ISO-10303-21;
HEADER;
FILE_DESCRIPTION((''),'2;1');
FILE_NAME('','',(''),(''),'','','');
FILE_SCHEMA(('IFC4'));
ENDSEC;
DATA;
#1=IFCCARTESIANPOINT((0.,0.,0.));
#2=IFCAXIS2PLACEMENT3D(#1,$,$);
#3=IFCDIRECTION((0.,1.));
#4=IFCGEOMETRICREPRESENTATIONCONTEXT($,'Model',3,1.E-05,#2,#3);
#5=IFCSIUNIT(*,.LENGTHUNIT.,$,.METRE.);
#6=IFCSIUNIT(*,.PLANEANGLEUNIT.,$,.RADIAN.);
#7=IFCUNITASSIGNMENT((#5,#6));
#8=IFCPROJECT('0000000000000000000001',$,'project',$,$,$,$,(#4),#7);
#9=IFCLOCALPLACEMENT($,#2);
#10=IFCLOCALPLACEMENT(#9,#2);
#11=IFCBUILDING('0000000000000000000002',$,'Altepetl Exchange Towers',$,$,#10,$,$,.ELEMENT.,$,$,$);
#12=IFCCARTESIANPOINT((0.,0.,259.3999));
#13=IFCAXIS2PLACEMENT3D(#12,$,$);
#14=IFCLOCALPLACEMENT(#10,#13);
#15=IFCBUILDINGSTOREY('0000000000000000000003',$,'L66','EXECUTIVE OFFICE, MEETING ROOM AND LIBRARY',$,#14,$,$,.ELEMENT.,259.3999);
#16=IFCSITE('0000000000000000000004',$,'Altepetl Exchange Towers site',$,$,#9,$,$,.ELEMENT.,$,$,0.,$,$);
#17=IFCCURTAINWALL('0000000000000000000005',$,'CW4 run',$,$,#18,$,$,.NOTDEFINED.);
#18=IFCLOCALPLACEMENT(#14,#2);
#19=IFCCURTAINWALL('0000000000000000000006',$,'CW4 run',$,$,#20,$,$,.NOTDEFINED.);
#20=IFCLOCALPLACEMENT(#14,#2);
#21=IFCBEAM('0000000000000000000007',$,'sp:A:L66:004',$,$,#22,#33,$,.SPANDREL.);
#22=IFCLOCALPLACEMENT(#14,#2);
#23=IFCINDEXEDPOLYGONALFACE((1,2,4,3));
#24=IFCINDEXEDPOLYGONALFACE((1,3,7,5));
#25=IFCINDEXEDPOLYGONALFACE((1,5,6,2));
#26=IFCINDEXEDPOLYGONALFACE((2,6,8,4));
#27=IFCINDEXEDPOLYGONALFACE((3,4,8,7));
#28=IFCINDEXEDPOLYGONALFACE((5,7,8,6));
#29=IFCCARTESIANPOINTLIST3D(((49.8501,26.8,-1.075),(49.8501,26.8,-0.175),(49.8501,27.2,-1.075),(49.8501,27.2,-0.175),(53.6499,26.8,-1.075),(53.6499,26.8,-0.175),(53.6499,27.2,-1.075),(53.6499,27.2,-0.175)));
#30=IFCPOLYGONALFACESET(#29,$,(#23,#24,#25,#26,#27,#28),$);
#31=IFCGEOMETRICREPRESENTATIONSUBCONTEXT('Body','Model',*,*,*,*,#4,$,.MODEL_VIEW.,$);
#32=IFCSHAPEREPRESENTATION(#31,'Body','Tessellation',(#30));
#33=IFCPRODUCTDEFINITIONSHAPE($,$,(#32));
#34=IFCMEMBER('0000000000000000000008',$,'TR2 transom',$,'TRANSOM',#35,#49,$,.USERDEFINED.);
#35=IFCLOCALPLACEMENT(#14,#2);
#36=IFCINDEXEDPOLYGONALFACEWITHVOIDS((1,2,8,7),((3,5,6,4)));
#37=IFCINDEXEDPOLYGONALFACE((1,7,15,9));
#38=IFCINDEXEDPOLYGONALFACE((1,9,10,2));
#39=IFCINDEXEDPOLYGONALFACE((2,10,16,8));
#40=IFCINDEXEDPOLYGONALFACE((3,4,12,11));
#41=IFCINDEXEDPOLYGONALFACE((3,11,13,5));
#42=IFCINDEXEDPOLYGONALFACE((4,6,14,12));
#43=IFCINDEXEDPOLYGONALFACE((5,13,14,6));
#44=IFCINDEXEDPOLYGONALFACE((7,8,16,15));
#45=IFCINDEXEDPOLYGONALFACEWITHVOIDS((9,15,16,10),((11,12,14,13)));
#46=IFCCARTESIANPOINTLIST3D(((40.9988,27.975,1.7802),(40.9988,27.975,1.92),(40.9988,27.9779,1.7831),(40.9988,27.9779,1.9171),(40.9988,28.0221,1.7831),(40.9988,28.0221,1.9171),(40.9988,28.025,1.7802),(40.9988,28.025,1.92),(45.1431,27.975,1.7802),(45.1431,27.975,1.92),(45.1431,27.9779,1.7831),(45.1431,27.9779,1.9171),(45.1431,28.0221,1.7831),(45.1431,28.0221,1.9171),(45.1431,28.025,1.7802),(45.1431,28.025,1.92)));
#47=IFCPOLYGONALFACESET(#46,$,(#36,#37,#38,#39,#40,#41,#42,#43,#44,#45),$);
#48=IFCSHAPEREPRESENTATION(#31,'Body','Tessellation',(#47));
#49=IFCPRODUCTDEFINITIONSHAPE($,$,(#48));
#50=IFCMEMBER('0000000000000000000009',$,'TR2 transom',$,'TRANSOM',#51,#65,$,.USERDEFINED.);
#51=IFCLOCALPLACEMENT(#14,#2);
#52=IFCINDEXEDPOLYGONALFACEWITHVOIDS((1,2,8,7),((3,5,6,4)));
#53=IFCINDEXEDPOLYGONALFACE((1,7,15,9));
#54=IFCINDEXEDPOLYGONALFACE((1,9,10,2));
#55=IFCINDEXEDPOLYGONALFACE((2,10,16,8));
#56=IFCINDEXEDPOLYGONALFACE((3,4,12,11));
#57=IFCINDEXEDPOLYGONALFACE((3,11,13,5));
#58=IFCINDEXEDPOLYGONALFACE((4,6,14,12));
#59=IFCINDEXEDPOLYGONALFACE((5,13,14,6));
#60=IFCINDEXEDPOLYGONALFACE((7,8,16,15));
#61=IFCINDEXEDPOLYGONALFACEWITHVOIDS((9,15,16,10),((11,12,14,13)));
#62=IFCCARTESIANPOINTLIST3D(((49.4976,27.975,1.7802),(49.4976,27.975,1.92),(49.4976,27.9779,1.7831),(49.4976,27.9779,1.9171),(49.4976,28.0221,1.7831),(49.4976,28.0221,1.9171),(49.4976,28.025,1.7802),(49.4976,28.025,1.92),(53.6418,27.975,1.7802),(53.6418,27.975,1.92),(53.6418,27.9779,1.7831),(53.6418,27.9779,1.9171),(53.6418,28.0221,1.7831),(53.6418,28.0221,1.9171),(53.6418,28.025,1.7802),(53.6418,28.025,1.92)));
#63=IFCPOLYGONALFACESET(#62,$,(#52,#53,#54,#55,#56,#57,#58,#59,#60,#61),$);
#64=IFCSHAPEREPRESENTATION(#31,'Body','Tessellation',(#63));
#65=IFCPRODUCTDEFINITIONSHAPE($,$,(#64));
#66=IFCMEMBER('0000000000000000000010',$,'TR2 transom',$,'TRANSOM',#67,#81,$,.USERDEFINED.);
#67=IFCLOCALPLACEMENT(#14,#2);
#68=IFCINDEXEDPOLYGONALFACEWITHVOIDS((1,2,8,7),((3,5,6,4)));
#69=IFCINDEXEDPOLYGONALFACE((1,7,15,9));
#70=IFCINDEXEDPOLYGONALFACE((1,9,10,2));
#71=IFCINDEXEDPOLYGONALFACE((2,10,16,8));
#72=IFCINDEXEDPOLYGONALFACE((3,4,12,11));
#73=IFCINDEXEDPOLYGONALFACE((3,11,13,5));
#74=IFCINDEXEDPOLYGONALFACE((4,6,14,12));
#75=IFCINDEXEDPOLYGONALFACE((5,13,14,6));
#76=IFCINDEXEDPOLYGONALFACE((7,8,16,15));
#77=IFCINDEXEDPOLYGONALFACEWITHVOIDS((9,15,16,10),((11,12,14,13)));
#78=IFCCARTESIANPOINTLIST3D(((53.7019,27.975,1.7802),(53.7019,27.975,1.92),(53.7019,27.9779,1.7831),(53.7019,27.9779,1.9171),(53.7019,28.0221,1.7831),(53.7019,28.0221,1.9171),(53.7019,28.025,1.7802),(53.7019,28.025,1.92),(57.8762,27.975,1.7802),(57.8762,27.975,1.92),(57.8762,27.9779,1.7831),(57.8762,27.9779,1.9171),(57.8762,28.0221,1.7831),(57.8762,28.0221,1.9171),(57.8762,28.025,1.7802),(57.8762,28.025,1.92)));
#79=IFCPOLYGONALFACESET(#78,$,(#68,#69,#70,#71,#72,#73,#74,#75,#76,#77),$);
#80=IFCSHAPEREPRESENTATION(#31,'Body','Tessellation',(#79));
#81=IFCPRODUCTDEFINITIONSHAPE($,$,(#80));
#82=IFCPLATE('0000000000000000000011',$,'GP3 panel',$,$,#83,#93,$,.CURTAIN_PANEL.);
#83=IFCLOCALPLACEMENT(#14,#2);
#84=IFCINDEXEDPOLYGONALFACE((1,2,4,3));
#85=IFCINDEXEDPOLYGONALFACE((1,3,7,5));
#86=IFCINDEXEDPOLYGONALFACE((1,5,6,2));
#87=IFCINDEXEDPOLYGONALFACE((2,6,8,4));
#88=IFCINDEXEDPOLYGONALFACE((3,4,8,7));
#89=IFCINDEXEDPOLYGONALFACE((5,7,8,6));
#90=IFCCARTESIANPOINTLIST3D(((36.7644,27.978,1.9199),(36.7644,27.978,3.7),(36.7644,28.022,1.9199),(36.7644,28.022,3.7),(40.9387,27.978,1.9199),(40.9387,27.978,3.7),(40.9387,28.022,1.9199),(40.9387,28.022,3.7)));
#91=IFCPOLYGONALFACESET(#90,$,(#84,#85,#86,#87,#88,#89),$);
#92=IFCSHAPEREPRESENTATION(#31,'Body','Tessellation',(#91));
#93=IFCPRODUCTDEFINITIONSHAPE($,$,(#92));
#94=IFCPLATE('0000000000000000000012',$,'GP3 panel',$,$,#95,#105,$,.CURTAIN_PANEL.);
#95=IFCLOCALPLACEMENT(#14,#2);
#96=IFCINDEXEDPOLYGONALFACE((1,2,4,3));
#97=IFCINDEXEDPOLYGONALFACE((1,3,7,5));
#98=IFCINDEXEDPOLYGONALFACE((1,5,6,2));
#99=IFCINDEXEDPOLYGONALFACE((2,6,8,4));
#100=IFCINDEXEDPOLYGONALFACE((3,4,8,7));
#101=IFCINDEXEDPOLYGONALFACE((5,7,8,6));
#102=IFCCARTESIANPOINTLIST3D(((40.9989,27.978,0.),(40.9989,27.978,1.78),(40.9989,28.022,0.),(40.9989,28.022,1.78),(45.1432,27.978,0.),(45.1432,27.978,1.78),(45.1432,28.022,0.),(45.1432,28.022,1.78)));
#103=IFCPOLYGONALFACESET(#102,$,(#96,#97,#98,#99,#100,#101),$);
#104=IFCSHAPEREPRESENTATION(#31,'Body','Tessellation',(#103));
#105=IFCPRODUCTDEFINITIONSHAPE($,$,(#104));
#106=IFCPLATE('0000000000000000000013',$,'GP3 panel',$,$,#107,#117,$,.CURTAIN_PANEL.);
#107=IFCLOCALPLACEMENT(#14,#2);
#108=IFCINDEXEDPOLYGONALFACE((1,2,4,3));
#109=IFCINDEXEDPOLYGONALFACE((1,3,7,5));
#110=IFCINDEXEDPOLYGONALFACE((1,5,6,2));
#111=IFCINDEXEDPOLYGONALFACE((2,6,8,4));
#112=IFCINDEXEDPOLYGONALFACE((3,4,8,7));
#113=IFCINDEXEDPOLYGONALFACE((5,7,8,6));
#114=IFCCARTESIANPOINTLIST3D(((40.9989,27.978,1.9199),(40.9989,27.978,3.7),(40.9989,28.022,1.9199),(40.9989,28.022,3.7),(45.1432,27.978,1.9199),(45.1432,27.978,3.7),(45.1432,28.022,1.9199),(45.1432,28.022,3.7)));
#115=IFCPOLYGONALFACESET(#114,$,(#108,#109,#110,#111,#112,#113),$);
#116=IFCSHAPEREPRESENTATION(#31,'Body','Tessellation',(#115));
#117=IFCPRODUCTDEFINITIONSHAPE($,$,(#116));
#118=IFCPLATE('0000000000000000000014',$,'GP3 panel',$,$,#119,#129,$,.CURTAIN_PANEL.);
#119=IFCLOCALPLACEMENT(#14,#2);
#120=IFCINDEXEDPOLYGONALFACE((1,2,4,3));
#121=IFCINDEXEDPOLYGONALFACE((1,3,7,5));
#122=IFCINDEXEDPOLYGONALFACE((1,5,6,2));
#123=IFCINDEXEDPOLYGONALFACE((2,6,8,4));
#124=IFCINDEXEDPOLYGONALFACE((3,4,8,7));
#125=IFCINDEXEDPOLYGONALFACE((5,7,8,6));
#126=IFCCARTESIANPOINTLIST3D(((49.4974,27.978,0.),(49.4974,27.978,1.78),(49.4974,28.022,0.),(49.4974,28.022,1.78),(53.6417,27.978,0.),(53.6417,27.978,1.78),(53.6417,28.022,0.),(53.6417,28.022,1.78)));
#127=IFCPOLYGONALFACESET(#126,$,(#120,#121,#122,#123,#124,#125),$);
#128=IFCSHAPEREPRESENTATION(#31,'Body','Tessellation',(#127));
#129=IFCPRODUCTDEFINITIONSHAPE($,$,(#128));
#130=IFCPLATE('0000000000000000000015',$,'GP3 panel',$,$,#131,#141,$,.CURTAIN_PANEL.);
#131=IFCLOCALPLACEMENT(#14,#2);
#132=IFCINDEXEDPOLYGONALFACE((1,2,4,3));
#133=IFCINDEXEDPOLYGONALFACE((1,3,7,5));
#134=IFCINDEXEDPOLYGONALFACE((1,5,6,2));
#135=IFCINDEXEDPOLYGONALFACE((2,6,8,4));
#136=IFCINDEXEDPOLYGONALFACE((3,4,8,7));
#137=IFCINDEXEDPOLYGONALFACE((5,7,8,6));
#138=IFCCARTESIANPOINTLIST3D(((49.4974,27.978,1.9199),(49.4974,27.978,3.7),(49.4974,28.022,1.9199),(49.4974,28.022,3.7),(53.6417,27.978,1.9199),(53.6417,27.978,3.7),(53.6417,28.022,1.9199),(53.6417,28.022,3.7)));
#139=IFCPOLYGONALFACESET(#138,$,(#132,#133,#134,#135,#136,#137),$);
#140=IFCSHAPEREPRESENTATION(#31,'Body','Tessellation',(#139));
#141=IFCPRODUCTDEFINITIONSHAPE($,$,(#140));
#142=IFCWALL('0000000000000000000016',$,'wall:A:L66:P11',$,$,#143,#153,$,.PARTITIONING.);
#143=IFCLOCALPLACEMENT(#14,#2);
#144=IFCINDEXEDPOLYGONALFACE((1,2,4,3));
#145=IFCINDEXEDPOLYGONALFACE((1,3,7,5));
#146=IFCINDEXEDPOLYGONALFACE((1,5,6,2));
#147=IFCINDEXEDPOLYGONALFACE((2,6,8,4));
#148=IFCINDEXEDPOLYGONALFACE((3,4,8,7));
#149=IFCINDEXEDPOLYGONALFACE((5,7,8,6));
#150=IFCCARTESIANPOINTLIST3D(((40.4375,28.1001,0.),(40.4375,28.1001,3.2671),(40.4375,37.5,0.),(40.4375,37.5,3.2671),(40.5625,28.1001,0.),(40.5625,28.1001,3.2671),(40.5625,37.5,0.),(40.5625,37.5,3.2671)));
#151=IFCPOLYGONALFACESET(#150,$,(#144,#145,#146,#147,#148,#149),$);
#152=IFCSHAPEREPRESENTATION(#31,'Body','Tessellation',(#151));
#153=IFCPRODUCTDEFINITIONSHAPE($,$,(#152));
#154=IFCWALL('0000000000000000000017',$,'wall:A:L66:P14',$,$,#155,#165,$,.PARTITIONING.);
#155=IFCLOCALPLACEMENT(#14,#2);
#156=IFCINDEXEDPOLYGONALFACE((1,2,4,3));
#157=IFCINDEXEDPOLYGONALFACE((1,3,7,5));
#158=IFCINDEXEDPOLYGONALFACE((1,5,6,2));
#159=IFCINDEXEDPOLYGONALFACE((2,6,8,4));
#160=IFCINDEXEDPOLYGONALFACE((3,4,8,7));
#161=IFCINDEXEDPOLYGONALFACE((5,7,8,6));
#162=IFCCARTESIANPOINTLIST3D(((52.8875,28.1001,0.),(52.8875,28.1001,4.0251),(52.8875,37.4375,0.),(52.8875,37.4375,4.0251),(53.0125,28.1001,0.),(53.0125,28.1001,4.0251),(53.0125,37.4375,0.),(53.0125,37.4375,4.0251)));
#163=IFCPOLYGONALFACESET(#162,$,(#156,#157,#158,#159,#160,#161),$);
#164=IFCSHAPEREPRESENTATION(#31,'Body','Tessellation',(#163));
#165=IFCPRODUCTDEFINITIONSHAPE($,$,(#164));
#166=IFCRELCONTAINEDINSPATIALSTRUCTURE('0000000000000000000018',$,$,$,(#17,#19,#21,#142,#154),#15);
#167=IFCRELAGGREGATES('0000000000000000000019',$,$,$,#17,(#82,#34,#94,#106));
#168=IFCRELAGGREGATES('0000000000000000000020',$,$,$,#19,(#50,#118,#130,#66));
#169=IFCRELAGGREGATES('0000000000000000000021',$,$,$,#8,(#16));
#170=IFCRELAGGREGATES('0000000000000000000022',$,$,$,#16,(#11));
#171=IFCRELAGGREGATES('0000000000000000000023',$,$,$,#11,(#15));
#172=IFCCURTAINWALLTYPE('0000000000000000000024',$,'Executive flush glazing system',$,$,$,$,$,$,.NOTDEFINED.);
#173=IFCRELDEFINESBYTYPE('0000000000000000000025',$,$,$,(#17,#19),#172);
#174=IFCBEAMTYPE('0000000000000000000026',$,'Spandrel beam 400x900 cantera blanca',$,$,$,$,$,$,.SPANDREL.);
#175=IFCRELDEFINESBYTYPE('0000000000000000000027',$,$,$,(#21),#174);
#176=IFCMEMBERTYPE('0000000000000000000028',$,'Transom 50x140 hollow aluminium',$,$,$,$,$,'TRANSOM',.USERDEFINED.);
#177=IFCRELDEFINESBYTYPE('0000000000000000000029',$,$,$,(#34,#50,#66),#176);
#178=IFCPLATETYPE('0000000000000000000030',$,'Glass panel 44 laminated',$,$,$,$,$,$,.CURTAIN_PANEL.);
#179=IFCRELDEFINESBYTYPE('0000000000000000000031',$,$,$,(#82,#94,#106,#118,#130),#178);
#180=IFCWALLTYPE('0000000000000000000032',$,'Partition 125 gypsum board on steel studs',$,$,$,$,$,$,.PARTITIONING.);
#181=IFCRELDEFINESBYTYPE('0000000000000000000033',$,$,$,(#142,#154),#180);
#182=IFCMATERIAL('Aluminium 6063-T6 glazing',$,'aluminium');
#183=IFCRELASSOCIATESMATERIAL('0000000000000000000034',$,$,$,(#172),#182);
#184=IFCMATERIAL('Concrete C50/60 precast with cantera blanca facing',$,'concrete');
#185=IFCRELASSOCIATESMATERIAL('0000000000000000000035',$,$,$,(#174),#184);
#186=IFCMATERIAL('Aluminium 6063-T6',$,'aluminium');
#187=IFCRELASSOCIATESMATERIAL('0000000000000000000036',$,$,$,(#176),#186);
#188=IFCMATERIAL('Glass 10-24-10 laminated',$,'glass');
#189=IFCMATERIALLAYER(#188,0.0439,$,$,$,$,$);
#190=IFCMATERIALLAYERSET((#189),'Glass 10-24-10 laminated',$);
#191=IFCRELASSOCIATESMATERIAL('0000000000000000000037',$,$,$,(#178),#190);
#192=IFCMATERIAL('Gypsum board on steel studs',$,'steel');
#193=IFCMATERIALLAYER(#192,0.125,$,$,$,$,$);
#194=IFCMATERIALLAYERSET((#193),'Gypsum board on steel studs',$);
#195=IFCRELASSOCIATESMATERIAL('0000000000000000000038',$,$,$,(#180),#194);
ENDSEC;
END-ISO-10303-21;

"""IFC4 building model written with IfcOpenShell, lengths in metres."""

from ifc_helpers import new_model, si_unit, direction, frame, frame_2d, origin, origin_2d, place, context, subcontext, project, spatial, rectangle, hollow_rectangle, extrude, material, layer, layer_set, material_profile, profile_set, type_object, element, aggregate, save


model = new_model("IFC4")

# Units and contexts
model_context = context("Model", 3, precision=1e-05, world=origin(), true_north=direction((0.0, 1.0)))
body_context = subcontext(model_context, "Body", "Model", "MODEL_VIEW")
ifc_project = project(units=[si_unit("LENGTHUNIT", "METRE"), si_unit("PLANEANGLEUNIT", "RADIAN")], contexts=[model_context])

# Site, building, storey
site_placement = place(None, origin())
site = spatial("IfcSite", under=ifc_project, at=site_placement, Name="Altepetl Exchange Towers site", CompositionType="ELEMENT", RefElevation=0.0)
building_placement = place(site_placement, origin())
building = spatial("IfcBuilding", under=site, at=building_placement, Name="Altepetl Exchange Towers", CompositionType="ELEMENT")
storey_placement = place(building_placement, frame((0.0, 0.0, 259.3999)))
storey = spatial("IfcBuildingStorey", under=building, at=storey_placement, Name="L66", Description="EXECUTIVE OFFICE, MEETING ROOM AND LIBRARY", CompositionType="ELEMENT", Elevation=259.3999)

# Curtain walls
ifc_material_1 = material(Name="Aluminium 6063-T6 glazing", Category="aluminium")
curtain_wall_type = type_object("IfcCurtainWallType", Name="Executive flush glazing system", PredefinedType="NOTDEFINED", material=ifc_material_1)
curtain_wall_1_placement = place(storey_placement, origin())
curtain_wall_1 = element("IfcCurtainWall", 1, at=curtain_wall_1_placement, inside=storey, type_object=curtain_wall_type, Name="CW4 run", PredefinedType="NOTDEFINED")
ifc_material_2 = material(Name="Aluminium 6063-T6", Category="aluminium")
curtain_wall_2_placement = place(storey_placement, origin())
curtain_wall_2 = element("IfcCurtainWall", 2, at=curtain_wall_2_placement, inside=storey, type_object=curtain_wall_type, Name="CW4 run", PredefinedType="NOTDEFINED")

# Beam
ifc_material_3 = material(Name="Concrete C50/60 precast with cantera blanca facing", Category="concrete")
ifc_material_profile_1 = material_profile(ifc_material_3, rectangle(XDim=0.3999, YDim=0.8999, at=origin_2d()), Name="400 x 900")
ifc_profile_set_1 = profile_set([ifc_material_profile_1], Name="Concrete C50/60 precast with cantera blanca facing")
beam_type_1 = type_object("IfcBeamType", Name="Spandrel beam 400x900 cantera blanca", PredefinedType="SPANDREL", material=ifc_profile_set_1)
for number, where, z_axis, x_axis, name in (
    (3, (49.8501, 27.0, -0.625), (1.0, 0.0, 0.0), (0.0, 1.0, 0.0), "sp:A:L66:004"),
):
    element("IfcBeam", number, at=place(storey_placement, frame(where, z_axis=z_axis, x_axis=x_axis)), inside=storey, type_object=beam_type_1, Name=name, PredefinedType="SPANDREL", context=body_context, shape_type="SweptSolid", body=[
        extrude(rectangle(XDim=0.3999, YDim=0.8999, at=origin_2d()), origin(), (0.0, 0.0, 1.0), 3.7998),
    ])

# Members
ifc_material_profile_2 = material_profile(ifc_material_2, hollow_rectangle(XDim=0.05, YDim=0.1399, WallThickness=0.0029, at=origin_2d()), Name="Transom 50x140 hollow aluminium")
ifc_profile_set_2 = profile_set([ifc_material_profile_2], Name="Aluminium 6063-T6")
member_type_1 = type_object("IfcMemberType", Name="Transom 50x140 hollow aluminium", ElementType="TRANSOM", PredefinedType="USERDEFINED", material=ifc_profile_set_2)
member_1_placement = place(storey_placement, frame((40.9988, 28.0, 1.8501), z_axis=(1.0, 0.0, 0.0), x_axis=(0.0, 1.0, 0.0)))
member_1 = element("IfcMember", 4, at=member_1_placement, type_object=member_type_1, Name="TR2 transom", ObjectType="TRANSOM", PredefinedType="USERDEFINED", context=body_context, shape_type="SweptSolid", body=[
    extrude(hollow_rectangle(XDim=0.05, YDim=0.1399, WallThickness=0.0029, at=origin_2d()), origin(), (0.0, 0.0, 1.0), 4.1443),
])
member_2_placement = place(storey_placement, frame((49.4976, 28.0, 1.8501), z_axis=(1.0, 0.0, 0.0), x_axis=(0.0, 1.0, 0.0)))
member_2 = element("IfcMember", 5, at=member_2_placement, type_object=member_type_1, Name="TR2 transom", ObjectType="TRANSOM", PredefinedType="USERDEFINED", context=body_context, shape_type="SweptSolid", body=[
    extrude(hollow_rectangle(XDim=0.05, YDim=0.1399, WallThickness=0.0029, at=origin_2d()), origin(), (0.0, 0.0, 1.0), 4.1443),
])
member_3_placement = place(storey_placement, frame((53.7019, 28.0, 1.8501), z_axis=(1.0, 0.0, 0.0), x_axis=(0.0, 1.0, 0.0)))
member_3 = element("IfcMember", 6, at=member_3_placement, type_object=member_type_1, Name="TR2 transom", ObjectType="TRANSOM", PredefinedType="USERDEFINED", context=body_context, shape_type="SweptSolid", body=[
    extrude(hollow_rectangle(XDim=0.05, YDim=0.1399, WallThickness=0.0029, at=origin_2d()), origin(), (0.0, 0.0, 1.0), 4.1743),
])

# Plates
ifc_material_4 = material(Name="Glass 10-24-10 laminated", Category="glass")
ifc_layer_1 = layer(ifc_material_4, 0.0439)
ifc_layer_set_1 = layer_set([ifc_layer_1], Name="Glass 10-24-10 laminated")
plate_type = type_object("IfcPlateType", Name="Glass panel 44 laminated", PredefinedType="CURTAIN_PANEL", material=ifc_layer_set_1)
plate_1_placement = place(storey_placement, frame((38.8516, 28.0, 1.9199)))
plate_1 = element("IfcPlate", 7, at=plate_1_placement, type_object=plate_type, Name="GP3 panel", PredefinedType="CURTAIN_PANEL", context=body_context, shape_type="SweptSolid", body=[
    extrude(rectangle(XDim=4.1743, YDim=0.0439, at=origin_2d()), origin(), (0.0, 0.0, 1.0), 1.78),
])
plate_2_placement = place(storey_placement, frame((43.071, 28.0, 0.0)))
plate_2 = element("IfcPlate", 8, at=plate_2_placement, type_object=plate_type, Name="GP3 panel", PredefinedType="CURTAIN_PANEL", context=body_context, shape_type="SweptSolid", body=[
    extrude(rectangle(XDim=4.1443, YDim=0.0439, at=origin_2d()), origin(), (0.0, 0.0, 1.0), 1.78),
])
plate_3_placement = place(storey_placement, frame((43.071, 28.0, 1.9199)))
plate_3 = element("IfcPlate", 9, at=plate_3_placement, type_object=plate_type, Name="GP3 panel", PredefinedType="CURTAIN_PANEL", context=body_context, shape_type="SweptSolid", body=[
    extrude(rectangle(XDim=4.1443, YDim=0.0439, at=origin_2d()), origin(), (0.0, 0.0, 1.0), 1.78),
])
aggregate(curtain_wall_1, [plate_1, member_1, plate_2, plate_3])
plate_4_placement = place(storey_placement, frame((51.5696, 28.0, 0.0)))
plate_4 = element("IfcPlate", 10, at=plate_4_placement, type_object=plate_type, Name="GP3 panel", PredefinedType="CURTAIN_PANEL", context=body_context, shape_type="SweptSolid", body=[
    extrude(rectangle(XDim=4.1443, YDim=0.0439, at=origin_2d()), origin(), (0.0, 0.0, 1.0), 1.78),
])
plate_5_placement = place(storey_placement, frame((51.5696, 28.0, 1.9199)))
plate_5 = element("IfcPlate", 11, at=plate_5_placement, type_object=plate_type, Name="GP3 panel", PredefinedType="CURTAIN_PANEL", context=body_context, shape_type="SweptSolid", body=[
    extrude(rectangle(XDim=4.1443, YDim=0.0439, at=origin_2d()), origin(), (0.0, 0.0, 1.0), 1.78),
])
aggregate(curtain_wall_2, [member_2, plate_4, plate_5, member_3])

# Walls
ifc_material_5 = material(Name="Gypsum board on steel studs", Category="steel")
ifc_layer_2 = layer(ifc_material_5, 0.125)
ifc_layer_set_2 = layer_set([ifc_layer_2], Name="Gypsum board on steel studs")
wall_type_1 = type_object("IfcWallType", Name="Partition 125 gypsum board on steel studs", PredefinedType="PARTITIONING", material=ifc_layer_set_2)
wall_1_placement = place(storey_placement, frame((40.5, 28.1001, 0.0), z_axis=(0.0, 0.0, 1.0), x_axis=(0.0, 1.0, 0.0)))
element("IfcWall", 12, at=wall_1_placement, inside=storey, type_object=wall_type_1, Name="wall:A:L66:P11", PredefinedType="PARTITIONING", context=body_context, shape_type="SweptSolid", body=[
    extrude(rectangle(XDim=9.3999, YDim=0.125, at=frame_2d((4.7, 0.0))), origin(), (0.0, 0.0, 1.0), 3.2671),
])
wall_2_placement = place(storey_placement, frame((52.95, 28.1001, 0.0), z_axis=(0.0, 0.0, 1.0), x_axis=(0.0, 1.0, 0.0)))
element("IfcWall", 13, at=wall_2_placement, inside=storey, type_object=wall_type_1, Name="wall:A:L66:P14", PredefinedType="PARTITIONING", context=body_context, shape_type="SweptSolid", body=[
    extrude(rectangle(XDim=9.3374, YDim=0.125, at=frame_2d((4.6687, 0.0))), origin(), (0.0, 0.0, 1.0), 4.0251),
])

save(model, "model.ifc")
